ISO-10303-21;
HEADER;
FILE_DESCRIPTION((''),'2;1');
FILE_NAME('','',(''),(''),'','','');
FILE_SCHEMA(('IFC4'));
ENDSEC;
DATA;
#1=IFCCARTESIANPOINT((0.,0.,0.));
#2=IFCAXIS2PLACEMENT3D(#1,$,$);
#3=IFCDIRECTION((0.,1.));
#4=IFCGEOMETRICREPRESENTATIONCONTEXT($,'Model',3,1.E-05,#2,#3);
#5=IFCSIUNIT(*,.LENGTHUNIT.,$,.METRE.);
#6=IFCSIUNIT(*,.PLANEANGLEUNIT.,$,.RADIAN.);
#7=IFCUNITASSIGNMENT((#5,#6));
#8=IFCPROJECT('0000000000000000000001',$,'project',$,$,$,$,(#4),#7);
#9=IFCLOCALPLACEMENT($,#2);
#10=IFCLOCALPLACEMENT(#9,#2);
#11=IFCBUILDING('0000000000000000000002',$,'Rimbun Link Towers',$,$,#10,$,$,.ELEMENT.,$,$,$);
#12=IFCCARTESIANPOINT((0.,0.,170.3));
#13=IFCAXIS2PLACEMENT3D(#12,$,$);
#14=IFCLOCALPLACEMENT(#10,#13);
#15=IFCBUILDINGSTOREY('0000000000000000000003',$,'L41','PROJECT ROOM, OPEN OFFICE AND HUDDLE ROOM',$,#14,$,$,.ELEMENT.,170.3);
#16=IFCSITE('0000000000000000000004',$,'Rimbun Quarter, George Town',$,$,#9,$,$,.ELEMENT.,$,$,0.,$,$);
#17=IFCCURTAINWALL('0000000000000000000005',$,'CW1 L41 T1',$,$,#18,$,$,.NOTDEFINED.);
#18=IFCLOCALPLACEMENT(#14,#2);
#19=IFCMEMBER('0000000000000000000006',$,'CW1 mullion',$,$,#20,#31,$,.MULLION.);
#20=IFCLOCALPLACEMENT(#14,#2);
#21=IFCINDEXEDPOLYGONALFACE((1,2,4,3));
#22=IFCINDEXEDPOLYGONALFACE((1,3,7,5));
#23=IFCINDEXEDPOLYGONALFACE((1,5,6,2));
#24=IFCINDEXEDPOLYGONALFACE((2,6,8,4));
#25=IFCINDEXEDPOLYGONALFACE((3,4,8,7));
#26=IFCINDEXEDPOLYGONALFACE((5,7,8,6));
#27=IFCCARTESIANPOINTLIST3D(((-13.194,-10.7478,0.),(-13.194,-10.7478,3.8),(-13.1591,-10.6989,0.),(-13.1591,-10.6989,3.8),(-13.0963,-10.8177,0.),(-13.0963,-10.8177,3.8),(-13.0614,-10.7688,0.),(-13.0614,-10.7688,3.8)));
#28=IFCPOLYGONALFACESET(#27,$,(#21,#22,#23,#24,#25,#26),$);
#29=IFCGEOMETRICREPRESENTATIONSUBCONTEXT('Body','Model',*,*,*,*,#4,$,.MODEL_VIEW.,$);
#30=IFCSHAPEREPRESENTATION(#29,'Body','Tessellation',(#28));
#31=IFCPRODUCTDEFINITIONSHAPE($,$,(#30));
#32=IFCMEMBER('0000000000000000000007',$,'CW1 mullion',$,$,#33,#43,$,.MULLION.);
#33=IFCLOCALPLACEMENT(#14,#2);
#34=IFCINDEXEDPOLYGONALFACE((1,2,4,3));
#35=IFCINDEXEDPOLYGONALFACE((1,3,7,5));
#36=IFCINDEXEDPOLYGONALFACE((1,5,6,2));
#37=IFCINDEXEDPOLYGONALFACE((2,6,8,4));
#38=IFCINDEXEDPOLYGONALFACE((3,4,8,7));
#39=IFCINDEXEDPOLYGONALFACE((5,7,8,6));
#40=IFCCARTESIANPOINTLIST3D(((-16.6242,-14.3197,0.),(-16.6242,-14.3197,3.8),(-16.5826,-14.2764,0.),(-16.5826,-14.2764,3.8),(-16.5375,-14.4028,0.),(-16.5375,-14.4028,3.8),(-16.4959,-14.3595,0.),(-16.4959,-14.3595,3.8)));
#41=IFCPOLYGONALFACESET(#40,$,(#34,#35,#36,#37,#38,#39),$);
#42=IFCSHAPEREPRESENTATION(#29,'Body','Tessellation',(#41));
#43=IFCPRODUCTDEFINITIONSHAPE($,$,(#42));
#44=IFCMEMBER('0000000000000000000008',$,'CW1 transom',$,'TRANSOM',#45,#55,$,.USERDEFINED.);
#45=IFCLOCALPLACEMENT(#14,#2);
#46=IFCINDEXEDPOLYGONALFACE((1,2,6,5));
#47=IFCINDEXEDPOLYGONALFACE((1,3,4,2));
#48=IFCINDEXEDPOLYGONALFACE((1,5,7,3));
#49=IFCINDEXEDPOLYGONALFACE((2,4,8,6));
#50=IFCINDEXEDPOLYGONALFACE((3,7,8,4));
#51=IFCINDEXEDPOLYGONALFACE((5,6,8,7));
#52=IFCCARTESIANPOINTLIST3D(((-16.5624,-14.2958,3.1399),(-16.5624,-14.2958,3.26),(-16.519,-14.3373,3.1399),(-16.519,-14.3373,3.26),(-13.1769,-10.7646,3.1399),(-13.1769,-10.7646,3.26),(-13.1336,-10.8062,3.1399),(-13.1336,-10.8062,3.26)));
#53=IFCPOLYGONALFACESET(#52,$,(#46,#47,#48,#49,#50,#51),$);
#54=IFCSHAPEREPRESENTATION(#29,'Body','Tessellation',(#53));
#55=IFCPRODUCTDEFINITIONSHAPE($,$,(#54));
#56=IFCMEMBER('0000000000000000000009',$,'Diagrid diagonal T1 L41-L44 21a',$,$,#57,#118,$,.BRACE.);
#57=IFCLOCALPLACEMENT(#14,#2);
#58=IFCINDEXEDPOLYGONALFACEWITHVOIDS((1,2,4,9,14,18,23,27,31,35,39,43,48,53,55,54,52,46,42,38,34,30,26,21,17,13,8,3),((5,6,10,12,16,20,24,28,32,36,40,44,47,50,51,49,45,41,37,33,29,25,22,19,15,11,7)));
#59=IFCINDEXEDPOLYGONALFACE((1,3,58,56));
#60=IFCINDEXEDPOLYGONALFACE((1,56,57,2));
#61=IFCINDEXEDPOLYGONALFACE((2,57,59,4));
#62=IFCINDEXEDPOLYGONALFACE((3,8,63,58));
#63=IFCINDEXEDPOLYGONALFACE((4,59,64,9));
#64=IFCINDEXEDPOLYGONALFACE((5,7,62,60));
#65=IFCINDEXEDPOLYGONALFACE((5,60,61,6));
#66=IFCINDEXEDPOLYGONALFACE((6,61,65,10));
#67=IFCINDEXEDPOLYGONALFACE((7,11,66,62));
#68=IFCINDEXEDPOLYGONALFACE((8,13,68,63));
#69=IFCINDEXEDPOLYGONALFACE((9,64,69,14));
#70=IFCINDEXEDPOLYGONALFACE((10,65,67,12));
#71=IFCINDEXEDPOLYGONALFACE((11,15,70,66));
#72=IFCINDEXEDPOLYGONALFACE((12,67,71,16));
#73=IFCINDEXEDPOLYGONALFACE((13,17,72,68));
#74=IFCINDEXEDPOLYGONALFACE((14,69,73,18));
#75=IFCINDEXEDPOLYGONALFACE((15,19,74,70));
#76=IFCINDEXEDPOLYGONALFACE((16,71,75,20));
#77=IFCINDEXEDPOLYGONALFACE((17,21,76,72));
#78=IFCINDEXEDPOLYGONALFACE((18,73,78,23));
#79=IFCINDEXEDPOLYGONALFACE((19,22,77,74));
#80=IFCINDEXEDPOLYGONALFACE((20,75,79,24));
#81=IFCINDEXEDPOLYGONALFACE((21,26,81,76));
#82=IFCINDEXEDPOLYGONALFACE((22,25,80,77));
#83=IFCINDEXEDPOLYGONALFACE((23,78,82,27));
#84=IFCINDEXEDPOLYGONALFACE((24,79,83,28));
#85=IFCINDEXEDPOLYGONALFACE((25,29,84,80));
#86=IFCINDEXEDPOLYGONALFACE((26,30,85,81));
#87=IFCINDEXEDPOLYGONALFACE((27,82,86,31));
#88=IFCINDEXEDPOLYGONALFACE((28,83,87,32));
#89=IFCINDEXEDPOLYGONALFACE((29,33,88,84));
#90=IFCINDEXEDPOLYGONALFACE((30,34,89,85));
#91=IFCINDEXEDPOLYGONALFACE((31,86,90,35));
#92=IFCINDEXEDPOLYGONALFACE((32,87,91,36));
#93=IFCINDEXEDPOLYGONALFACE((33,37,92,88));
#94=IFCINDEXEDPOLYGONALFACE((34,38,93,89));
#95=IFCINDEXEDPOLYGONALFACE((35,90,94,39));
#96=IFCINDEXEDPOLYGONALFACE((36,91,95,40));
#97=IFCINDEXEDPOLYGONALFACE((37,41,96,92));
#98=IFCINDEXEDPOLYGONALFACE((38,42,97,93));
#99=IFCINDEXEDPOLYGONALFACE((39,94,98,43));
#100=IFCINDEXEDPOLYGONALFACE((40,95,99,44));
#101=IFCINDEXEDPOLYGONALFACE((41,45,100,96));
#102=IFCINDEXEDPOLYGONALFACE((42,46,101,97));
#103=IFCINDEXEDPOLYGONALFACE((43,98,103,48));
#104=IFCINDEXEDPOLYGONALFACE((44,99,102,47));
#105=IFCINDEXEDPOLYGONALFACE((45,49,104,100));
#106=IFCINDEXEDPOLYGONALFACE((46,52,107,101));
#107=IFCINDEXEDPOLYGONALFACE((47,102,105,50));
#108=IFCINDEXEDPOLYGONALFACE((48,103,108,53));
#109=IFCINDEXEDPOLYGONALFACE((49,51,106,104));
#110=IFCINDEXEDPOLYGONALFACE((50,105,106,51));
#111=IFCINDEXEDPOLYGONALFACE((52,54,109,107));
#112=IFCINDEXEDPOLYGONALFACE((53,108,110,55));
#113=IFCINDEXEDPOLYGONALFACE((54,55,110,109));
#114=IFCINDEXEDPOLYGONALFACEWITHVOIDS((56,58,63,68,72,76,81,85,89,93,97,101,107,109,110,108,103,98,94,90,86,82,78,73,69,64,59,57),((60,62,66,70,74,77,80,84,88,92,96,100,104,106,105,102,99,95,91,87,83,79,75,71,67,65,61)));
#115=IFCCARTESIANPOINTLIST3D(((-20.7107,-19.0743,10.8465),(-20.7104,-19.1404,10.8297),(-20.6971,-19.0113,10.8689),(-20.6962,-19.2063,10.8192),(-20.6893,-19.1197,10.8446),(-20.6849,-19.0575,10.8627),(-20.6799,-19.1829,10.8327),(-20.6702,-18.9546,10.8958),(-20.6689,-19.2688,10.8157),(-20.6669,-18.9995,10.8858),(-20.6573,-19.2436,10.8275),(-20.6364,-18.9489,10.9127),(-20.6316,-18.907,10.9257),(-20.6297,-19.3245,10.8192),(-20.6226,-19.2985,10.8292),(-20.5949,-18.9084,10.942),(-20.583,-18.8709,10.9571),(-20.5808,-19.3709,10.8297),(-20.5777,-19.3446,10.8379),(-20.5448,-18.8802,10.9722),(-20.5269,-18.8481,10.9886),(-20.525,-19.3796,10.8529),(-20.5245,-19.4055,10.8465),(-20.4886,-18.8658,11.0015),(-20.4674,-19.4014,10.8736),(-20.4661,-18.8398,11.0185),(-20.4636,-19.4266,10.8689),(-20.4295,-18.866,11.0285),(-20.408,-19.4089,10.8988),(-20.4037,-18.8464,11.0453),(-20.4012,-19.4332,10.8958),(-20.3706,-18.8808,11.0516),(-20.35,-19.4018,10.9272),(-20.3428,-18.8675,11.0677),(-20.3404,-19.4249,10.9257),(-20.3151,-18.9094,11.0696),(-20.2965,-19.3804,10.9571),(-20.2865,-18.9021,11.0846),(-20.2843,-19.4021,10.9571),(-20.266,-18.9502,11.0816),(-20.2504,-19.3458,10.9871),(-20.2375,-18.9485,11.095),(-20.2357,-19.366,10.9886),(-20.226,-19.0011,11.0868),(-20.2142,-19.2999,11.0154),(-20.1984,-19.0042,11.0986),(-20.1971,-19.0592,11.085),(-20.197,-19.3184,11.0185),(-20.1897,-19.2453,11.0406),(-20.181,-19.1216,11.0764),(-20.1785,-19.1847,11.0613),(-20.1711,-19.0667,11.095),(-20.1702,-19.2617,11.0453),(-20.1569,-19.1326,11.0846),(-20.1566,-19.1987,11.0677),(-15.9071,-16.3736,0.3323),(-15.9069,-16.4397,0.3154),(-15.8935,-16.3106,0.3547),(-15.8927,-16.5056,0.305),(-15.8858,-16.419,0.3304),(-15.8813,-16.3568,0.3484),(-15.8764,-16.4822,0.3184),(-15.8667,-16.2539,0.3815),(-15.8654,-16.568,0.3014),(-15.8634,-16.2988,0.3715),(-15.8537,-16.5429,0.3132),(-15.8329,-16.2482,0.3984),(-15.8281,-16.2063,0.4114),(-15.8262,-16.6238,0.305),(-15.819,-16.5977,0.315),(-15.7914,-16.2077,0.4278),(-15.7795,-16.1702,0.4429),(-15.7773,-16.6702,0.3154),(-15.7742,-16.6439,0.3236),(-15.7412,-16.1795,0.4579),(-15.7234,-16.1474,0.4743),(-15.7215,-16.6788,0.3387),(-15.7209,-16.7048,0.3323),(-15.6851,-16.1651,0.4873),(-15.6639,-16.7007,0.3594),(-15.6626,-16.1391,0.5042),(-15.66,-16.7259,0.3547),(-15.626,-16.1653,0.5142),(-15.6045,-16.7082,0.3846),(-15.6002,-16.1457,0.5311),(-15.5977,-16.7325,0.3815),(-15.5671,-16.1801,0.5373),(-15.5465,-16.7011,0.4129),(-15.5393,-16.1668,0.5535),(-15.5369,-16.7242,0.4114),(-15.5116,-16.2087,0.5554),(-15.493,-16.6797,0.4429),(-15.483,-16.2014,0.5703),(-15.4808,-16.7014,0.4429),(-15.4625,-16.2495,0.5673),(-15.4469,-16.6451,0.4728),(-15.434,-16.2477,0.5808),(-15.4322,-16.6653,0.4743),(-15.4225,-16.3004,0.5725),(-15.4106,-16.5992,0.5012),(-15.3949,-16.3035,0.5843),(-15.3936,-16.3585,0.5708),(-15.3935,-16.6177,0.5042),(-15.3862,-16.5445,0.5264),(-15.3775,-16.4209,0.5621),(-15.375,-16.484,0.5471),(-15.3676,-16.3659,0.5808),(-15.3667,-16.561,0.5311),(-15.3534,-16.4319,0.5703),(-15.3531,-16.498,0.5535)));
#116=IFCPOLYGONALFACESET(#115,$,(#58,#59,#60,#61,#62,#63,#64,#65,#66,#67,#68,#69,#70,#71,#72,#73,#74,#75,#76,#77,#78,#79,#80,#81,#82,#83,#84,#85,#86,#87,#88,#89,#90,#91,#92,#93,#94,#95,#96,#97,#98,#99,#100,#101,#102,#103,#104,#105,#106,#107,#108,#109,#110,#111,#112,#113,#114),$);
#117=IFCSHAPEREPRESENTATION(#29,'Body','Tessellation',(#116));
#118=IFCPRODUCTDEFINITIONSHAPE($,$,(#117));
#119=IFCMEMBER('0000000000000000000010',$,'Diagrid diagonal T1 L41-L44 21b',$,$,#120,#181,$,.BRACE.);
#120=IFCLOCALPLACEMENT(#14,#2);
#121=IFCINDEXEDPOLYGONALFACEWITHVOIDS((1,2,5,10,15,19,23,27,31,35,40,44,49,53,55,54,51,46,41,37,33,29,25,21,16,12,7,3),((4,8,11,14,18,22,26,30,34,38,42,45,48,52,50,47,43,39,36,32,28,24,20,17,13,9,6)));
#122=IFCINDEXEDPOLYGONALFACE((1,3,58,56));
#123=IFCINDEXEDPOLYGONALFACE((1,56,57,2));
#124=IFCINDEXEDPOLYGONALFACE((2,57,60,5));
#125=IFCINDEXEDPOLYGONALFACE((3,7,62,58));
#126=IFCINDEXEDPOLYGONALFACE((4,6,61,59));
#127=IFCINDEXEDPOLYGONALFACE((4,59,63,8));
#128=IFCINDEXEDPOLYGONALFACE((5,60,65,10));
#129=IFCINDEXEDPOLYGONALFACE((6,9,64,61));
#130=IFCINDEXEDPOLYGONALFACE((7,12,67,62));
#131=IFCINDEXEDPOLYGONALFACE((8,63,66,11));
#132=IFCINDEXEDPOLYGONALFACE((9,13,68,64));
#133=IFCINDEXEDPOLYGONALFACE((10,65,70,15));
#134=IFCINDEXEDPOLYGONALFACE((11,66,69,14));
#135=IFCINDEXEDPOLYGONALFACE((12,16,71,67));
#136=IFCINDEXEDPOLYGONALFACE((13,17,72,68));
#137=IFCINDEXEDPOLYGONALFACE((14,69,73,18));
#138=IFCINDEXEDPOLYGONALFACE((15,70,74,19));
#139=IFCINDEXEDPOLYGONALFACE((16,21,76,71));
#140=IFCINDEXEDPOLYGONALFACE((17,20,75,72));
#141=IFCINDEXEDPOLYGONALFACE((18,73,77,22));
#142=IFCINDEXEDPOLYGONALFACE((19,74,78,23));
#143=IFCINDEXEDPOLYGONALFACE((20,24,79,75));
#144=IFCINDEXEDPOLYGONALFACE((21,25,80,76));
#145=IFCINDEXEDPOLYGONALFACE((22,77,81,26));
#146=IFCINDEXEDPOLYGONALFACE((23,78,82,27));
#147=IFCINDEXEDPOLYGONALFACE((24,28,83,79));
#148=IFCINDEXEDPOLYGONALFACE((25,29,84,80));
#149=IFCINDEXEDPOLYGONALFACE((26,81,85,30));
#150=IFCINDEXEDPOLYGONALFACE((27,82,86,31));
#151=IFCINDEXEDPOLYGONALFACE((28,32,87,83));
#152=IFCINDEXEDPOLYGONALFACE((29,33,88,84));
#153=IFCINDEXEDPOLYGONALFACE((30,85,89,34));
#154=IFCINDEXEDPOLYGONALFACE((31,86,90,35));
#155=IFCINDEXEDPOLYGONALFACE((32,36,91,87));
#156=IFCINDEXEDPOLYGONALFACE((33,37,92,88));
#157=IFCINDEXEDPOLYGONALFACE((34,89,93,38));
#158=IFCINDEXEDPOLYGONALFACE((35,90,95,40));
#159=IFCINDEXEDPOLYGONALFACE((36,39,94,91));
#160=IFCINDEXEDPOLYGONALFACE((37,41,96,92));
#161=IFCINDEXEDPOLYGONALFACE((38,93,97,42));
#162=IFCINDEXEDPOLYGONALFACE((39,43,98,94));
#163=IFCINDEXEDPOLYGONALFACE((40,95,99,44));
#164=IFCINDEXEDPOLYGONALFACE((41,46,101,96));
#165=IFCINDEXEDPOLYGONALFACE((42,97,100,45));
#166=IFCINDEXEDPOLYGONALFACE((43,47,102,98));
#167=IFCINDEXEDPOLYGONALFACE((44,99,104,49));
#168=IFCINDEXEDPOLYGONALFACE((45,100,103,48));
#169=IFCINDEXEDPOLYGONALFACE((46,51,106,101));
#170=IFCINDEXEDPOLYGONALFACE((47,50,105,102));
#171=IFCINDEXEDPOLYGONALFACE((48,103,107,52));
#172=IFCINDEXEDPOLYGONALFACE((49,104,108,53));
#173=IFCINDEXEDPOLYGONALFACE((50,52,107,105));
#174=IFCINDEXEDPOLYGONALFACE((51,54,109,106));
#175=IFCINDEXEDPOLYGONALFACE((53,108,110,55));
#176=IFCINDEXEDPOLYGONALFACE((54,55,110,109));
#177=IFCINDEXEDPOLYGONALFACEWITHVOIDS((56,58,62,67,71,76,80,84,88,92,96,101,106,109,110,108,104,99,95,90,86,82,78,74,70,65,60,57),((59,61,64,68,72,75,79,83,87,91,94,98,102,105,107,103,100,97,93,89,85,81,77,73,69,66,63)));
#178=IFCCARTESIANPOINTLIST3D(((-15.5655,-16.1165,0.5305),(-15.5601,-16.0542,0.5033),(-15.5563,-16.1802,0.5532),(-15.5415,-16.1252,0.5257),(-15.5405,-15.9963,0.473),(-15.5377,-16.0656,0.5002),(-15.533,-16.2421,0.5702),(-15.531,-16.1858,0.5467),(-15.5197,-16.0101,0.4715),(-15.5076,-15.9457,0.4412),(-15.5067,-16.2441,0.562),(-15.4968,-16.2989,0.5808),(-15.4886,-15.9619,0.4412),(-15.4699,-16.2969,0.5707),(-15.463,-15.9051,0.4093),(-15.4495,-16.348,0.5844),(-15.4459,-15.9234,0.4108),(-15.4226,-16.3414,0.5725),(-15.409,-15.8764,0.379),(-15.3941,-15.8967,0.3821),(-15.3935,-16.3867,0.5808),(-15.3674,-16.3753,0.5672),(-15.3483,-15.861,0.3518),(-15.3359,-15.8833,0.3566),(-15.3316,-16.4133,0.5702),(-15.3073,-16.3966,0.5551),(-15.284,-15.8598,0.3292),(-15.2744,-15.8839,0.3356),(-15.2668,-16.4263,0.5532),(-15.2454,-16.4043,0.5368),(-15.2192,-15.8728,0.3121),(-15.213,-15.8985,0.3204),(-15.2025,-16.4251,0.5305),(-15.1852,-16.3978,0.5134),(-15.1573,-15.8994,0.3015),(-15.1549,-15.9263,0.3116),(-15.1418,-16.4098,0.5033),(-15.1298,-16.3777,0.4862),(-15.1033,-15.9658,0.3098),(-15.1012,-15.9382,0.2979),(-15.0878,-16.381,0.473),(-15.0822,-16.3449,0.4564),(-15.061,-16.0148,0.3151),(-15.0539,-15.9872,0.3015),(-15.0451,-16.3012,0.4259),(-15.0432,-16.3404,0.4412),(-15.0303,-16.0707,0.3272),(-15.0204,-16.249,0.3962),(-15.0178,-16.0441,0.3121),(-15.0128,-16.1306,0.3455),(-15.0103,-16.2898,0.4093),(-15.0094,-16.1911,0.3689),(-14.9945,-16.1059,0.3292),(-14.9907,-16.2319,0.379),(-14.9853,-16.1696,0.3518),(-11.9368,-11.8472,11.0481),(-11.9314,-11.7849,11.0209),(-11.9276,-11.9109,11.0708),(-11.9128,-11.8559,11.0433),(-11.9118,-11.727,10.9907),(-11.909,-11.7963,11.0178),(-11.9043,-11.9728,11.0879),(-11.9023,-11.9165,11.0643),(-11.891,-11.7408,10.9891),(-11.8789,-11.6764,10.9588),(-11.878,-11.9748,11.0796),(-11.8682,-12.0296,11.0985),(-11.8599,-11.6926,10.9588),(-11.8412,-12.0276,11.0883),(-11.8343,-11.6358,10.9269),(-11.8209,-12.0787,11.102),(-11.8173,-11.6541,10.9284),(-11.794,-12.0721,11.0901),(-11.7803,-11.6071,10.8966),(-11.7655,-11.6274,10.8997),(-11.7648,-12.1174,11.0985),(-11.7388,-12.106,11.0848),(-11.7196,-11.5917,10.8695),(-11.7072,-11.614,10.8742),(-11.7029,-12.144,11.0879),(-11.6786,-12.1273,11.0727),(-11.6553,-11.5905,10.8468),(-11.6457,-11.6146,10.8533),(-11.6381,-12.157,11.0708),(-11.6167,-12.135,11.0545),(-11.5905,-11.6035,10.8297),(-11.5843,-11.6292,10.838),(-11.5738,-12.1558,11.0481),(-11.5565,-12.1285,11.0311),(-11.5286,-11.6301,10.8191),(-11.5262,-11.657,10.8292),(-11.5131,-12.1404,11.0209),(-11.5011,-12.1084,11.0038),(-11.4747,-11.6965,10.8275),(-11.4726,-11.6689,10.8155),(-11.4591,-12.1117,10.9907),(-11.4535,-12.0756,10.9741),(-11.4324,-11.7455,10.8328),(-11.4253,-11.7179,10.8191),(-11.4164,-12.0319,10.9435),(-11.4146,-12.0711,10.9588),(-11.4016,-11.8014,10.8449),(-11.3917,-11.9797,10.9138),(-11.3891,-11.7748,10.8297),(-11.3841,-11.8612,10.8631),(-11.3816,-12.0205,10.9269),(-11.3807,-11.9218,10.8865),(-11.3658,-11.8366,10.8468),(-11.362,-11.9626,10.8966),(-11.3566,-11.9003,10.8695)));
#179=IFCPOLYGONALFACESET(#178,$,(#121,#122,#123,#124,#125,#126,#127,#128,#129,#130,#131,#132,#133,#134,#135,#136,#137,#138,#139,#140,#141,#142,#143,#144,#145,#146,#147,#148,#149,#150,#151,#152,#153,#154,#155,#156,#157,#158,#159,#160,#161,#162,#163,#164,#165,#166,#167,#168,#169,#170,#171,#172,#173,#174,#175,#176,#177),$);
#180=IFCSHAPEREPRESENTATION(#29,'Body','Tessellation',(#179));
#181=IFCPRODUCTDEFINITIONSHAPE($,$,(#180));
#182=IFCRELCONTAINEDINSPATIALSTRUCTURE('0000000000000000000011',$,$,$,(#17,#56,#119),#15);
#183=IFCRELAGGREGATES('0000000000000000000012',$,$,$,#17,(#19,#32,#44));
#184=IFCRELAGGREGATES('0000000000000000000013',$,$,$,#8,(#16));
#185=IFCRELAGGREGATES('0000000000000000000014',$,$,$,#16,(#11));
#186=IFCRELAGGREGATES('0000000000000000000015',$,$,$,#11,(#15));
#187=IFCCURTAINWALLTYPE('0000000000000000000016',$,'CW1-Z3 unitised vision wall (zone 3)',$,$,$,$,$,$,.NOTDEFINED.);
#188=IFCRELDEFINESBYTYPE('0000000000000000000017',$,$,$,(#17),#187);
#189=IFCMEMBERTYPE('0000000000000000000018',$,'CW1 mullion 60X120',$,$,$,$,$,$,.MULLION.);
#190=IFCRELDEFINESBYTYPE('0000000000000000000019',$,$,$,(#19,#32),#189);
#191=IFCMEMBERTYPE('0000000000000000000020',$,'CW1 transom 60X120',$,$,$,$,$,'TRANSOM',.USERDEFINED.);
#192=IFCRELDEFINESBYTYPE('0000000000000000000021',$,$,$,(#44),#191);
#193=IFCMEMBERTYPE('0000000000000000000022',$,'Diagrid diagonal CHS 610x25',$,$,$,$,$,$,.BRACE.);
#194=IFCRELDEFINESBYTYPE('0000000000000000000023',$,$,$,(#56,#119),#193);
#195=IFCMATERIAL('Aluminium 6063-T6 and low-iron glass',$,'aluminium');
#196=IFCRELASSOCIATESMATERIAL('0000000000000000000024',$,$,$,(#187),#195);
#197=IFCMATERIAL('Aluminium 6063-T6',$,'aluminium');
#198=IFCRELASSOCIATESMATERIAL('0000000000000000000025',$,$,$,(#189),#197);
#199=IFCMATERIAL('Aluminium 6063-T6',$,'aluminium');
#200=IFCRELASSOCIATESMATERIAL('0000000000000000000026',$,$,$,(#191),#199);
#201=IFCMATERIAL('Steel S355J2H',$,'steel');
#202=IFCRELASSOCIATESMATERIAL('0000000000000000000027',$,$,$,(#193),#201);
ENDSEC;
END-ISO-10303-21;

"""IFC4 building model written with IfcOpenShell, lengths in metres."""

from ifc_helpers import new_model, si_unit, direction, frame, origin, origin_2d, place, context, subcontext, project, spatial, rectangle, hollow_circle, extrude, material, material_profile, profile_set, type_object, element, aggregate, save


model = new_model("IFC4")

# Units and contexts
model_context = context("Model", 3, precision=1e-05, world=origin(), true_north=direction((0.0, 1.0)))
body_context = subcontext(model_context, "Body", "Model", "MODEL_VIEW")
ifc_project = project(units=[si_unit("LENGTHUNIT", "METRE"), si_unit("PLANEANGLEUNIT", "RADIAN")], contexts=[model_context])

# Site, building, storey
site_placement = place(None, origin())
site = spatial("IfcSite", under=ifc_project, at=site_placement, Name="Rimbun Quarter, George Town", CompositionType="ELEMENT", RefElevation=0.0)
building_placement = place(site_placement, origin())
building = spatial("IfcBuilding", under=site, at=building_placement, Name="Rimbun Link Towers", CompositionType="ELEMENT")
storey_placement = place(building_placement, frame((0.0, 0.0, 170.3)))
storey = spatial("IfcBuildingStorey", under=building, at=storey_placement, Name="L41", Description="PROJECT ROOM, OPEN OFFICE AND HUDDLE ROOM", CompositionType="ELEMENT", Elevation=170.3)

# Curtain wall, members
ifc_material_1 = material(Name="Aluminium 6063-T6 and low-iron glass", Category="aluminium")
curtain_wall_type = type_object("IfcCurtainWallType", Name="CW1-Z3 unitised vision wall (zone 3)", PredefinedType="NOTDEFINED", material=ifc_material_1)
curtain_wall_placement = place(storey_placement, origin())
curtain_wall = element("IfcCurtainWall", 1, at=curtain_wall_placement, inside=storey, type_object=curtain_wall_type, Name="CW1 L41 T1", PredefinedType="NOTDEFINED")
ifc_material_2 = material(Name="Aluminium 6063-T6", Category="aluminium")
ifc_material_profile_1 = material_profile(ifc_material_2, rectangle(XDim=0.1201, YDim=0.0601, at=origin_2d()), Name="MULLION 60X120")
ifc_profile_set_1 = profile_set([ifc_material_profile_1], Name="Aluminium 6063-T6")
member_type_1 = type_object("IfcMemberType", Name="CW1 mullion 60X120", PredefinedType="MULLION", material=ifc_profile_set_1)
member_1_placement = place(storey_placement, frame((-13.1277, -10.7583, 0.0), z_axis=(0.0, 0.0, 1.0), x_axis=(0.81335, -0.581775, 0.0)))
member_1 = element("IfcMember", 2, at=member_1_placement, type_object=member_type_1, Name="CW1 mullion", PredefinedType="MULLION", context=body_context, shape_type="SweptSolid", body=[
    extrude(rectangle(XDim=0.1201, YDim=0.0601, at=origin_2d()), origin(), (0.0, 0.0, 1.0), 3.8),
])
member_2_placement = place(storey_placement, frame((-16.5601, -14.3396, 0.0), z_axis=(0.0, 0.0, 1.0), x_axis=(0.721854, -0.692045, 0.0)))
member_2 = element("IfcMember", 3, at=member_2_placement, type_object=member_type_1, Name="CW1 mullion", PredefinedType="MULLION", context=body_context, shape_type="SweptSolid", body=[
    extrude(rectangle(XDim=0.1201, YDim=0.0601, at=origin_2d()), origin(), (0.0, 0.0, 1.0), 3.8),
])
ifc_material_3 = material(Name="Aluminium 6063-T6", Category="aluminium")
ifc_material_profile_2 = material_profile(ifc_material_3, rectangle(XDim=0.0601, YDim=0.1201, at=origin_2d()), Name="TRANSOM 60X120")
ifc_profile_set_2 = profile_set([ifc_material_profile_2], Name="Aluminium 6063-T6")
member_type_2 = type_object("IfcMemberType", Name="CW1 transom 60X120", ElementType="TRANSOM", PredefinedType="USERDEFINED", material=ifc_profile_set_2)
member_3_placement = place(storey_placement, frame((-13.1553, -10.7854, 3.2), z_axis=(-0.692053, -0.721847, 0.0), x_axis=(0.721847, -0.692053, 0.0)))
member_3 = element("IfcMember", 4, at=member_3_placement, type_object=member_type_2, Name="CW1 transom", ObjectType="TRANSOM", PredefinedType="USERDEFINED", context=body_context, shape_type="SweptSolid", body=[
    extrude(rectangle(XDim=0.0601, YDim=0.1201, at=origin_2d()), origin(), (0.0, 0.0, 1.0), 4.8918),
])

# Members
ifc_material_4 = material(Name="Steel S355J2H", Category="steel")
ifc_material_profile_3 = material_profile(ifc_material_4, hollow_circle(Radius=0.3047, WallThickness=0.0249, at=origin_2d()), Name="Diagrid diagonal CHS 610x25")
ifc_profile_set_3 = profile_set([ifc_material_profile_3], Name="Steel S355J2H")
member_type_3 = type_object("IfcMemberType", Name="Diagrid diagonal CHS 610x25", PredefinedType="BRACE", material=ifc_profile_set_3)
member_4_placement = place(storey_placement, frame((-15.6301, -16.4358, 0.4429), z_axis=(-0.404648, -0.227508, 0.88572), x_axis=(0.490087, -0.871674, 0.0)))
element("IfcMember", 5, at=member_4_placement, inside=storey, type_object=member_type_3, Name="Diagrid diagonal T1 L41-L44 21a", PredefinedType="BRACE", context=body_context, shape_type="SweptSolid", body=[
    extrude(hollow_circle(Radius=0.3047, WallThickness=0.0249, at=origin_2d()), origin(), (0.0, 0.0, 1.0), 11.8708),
])
member_5_placement = place(storey_placement, frame((-15.2754, -16.1431, 0.4412), z_axis=(0.304496, 0.358254, 0.882574), x_axis=(-0.76196, 0.647624, 0.0)))
element("IfcMember", 6, at=member_5_placement, inside=storey, type_object=member_type_3, Name="Diagrid diagonal T1 L41-L44 21b", PredefinedType="BRACE", context=body_context, shape_type="SweptSolid", body=[
    extrude(hollow_circle(Radius=0.3047, WallThickness=0.0249, at=origin_2d()), origin(), (0.0, 0.0, 1.0), 11.917),
])

aggregate(curtain_wall, [member_1, member_2, member_3])

save(model, "model.ifc")
